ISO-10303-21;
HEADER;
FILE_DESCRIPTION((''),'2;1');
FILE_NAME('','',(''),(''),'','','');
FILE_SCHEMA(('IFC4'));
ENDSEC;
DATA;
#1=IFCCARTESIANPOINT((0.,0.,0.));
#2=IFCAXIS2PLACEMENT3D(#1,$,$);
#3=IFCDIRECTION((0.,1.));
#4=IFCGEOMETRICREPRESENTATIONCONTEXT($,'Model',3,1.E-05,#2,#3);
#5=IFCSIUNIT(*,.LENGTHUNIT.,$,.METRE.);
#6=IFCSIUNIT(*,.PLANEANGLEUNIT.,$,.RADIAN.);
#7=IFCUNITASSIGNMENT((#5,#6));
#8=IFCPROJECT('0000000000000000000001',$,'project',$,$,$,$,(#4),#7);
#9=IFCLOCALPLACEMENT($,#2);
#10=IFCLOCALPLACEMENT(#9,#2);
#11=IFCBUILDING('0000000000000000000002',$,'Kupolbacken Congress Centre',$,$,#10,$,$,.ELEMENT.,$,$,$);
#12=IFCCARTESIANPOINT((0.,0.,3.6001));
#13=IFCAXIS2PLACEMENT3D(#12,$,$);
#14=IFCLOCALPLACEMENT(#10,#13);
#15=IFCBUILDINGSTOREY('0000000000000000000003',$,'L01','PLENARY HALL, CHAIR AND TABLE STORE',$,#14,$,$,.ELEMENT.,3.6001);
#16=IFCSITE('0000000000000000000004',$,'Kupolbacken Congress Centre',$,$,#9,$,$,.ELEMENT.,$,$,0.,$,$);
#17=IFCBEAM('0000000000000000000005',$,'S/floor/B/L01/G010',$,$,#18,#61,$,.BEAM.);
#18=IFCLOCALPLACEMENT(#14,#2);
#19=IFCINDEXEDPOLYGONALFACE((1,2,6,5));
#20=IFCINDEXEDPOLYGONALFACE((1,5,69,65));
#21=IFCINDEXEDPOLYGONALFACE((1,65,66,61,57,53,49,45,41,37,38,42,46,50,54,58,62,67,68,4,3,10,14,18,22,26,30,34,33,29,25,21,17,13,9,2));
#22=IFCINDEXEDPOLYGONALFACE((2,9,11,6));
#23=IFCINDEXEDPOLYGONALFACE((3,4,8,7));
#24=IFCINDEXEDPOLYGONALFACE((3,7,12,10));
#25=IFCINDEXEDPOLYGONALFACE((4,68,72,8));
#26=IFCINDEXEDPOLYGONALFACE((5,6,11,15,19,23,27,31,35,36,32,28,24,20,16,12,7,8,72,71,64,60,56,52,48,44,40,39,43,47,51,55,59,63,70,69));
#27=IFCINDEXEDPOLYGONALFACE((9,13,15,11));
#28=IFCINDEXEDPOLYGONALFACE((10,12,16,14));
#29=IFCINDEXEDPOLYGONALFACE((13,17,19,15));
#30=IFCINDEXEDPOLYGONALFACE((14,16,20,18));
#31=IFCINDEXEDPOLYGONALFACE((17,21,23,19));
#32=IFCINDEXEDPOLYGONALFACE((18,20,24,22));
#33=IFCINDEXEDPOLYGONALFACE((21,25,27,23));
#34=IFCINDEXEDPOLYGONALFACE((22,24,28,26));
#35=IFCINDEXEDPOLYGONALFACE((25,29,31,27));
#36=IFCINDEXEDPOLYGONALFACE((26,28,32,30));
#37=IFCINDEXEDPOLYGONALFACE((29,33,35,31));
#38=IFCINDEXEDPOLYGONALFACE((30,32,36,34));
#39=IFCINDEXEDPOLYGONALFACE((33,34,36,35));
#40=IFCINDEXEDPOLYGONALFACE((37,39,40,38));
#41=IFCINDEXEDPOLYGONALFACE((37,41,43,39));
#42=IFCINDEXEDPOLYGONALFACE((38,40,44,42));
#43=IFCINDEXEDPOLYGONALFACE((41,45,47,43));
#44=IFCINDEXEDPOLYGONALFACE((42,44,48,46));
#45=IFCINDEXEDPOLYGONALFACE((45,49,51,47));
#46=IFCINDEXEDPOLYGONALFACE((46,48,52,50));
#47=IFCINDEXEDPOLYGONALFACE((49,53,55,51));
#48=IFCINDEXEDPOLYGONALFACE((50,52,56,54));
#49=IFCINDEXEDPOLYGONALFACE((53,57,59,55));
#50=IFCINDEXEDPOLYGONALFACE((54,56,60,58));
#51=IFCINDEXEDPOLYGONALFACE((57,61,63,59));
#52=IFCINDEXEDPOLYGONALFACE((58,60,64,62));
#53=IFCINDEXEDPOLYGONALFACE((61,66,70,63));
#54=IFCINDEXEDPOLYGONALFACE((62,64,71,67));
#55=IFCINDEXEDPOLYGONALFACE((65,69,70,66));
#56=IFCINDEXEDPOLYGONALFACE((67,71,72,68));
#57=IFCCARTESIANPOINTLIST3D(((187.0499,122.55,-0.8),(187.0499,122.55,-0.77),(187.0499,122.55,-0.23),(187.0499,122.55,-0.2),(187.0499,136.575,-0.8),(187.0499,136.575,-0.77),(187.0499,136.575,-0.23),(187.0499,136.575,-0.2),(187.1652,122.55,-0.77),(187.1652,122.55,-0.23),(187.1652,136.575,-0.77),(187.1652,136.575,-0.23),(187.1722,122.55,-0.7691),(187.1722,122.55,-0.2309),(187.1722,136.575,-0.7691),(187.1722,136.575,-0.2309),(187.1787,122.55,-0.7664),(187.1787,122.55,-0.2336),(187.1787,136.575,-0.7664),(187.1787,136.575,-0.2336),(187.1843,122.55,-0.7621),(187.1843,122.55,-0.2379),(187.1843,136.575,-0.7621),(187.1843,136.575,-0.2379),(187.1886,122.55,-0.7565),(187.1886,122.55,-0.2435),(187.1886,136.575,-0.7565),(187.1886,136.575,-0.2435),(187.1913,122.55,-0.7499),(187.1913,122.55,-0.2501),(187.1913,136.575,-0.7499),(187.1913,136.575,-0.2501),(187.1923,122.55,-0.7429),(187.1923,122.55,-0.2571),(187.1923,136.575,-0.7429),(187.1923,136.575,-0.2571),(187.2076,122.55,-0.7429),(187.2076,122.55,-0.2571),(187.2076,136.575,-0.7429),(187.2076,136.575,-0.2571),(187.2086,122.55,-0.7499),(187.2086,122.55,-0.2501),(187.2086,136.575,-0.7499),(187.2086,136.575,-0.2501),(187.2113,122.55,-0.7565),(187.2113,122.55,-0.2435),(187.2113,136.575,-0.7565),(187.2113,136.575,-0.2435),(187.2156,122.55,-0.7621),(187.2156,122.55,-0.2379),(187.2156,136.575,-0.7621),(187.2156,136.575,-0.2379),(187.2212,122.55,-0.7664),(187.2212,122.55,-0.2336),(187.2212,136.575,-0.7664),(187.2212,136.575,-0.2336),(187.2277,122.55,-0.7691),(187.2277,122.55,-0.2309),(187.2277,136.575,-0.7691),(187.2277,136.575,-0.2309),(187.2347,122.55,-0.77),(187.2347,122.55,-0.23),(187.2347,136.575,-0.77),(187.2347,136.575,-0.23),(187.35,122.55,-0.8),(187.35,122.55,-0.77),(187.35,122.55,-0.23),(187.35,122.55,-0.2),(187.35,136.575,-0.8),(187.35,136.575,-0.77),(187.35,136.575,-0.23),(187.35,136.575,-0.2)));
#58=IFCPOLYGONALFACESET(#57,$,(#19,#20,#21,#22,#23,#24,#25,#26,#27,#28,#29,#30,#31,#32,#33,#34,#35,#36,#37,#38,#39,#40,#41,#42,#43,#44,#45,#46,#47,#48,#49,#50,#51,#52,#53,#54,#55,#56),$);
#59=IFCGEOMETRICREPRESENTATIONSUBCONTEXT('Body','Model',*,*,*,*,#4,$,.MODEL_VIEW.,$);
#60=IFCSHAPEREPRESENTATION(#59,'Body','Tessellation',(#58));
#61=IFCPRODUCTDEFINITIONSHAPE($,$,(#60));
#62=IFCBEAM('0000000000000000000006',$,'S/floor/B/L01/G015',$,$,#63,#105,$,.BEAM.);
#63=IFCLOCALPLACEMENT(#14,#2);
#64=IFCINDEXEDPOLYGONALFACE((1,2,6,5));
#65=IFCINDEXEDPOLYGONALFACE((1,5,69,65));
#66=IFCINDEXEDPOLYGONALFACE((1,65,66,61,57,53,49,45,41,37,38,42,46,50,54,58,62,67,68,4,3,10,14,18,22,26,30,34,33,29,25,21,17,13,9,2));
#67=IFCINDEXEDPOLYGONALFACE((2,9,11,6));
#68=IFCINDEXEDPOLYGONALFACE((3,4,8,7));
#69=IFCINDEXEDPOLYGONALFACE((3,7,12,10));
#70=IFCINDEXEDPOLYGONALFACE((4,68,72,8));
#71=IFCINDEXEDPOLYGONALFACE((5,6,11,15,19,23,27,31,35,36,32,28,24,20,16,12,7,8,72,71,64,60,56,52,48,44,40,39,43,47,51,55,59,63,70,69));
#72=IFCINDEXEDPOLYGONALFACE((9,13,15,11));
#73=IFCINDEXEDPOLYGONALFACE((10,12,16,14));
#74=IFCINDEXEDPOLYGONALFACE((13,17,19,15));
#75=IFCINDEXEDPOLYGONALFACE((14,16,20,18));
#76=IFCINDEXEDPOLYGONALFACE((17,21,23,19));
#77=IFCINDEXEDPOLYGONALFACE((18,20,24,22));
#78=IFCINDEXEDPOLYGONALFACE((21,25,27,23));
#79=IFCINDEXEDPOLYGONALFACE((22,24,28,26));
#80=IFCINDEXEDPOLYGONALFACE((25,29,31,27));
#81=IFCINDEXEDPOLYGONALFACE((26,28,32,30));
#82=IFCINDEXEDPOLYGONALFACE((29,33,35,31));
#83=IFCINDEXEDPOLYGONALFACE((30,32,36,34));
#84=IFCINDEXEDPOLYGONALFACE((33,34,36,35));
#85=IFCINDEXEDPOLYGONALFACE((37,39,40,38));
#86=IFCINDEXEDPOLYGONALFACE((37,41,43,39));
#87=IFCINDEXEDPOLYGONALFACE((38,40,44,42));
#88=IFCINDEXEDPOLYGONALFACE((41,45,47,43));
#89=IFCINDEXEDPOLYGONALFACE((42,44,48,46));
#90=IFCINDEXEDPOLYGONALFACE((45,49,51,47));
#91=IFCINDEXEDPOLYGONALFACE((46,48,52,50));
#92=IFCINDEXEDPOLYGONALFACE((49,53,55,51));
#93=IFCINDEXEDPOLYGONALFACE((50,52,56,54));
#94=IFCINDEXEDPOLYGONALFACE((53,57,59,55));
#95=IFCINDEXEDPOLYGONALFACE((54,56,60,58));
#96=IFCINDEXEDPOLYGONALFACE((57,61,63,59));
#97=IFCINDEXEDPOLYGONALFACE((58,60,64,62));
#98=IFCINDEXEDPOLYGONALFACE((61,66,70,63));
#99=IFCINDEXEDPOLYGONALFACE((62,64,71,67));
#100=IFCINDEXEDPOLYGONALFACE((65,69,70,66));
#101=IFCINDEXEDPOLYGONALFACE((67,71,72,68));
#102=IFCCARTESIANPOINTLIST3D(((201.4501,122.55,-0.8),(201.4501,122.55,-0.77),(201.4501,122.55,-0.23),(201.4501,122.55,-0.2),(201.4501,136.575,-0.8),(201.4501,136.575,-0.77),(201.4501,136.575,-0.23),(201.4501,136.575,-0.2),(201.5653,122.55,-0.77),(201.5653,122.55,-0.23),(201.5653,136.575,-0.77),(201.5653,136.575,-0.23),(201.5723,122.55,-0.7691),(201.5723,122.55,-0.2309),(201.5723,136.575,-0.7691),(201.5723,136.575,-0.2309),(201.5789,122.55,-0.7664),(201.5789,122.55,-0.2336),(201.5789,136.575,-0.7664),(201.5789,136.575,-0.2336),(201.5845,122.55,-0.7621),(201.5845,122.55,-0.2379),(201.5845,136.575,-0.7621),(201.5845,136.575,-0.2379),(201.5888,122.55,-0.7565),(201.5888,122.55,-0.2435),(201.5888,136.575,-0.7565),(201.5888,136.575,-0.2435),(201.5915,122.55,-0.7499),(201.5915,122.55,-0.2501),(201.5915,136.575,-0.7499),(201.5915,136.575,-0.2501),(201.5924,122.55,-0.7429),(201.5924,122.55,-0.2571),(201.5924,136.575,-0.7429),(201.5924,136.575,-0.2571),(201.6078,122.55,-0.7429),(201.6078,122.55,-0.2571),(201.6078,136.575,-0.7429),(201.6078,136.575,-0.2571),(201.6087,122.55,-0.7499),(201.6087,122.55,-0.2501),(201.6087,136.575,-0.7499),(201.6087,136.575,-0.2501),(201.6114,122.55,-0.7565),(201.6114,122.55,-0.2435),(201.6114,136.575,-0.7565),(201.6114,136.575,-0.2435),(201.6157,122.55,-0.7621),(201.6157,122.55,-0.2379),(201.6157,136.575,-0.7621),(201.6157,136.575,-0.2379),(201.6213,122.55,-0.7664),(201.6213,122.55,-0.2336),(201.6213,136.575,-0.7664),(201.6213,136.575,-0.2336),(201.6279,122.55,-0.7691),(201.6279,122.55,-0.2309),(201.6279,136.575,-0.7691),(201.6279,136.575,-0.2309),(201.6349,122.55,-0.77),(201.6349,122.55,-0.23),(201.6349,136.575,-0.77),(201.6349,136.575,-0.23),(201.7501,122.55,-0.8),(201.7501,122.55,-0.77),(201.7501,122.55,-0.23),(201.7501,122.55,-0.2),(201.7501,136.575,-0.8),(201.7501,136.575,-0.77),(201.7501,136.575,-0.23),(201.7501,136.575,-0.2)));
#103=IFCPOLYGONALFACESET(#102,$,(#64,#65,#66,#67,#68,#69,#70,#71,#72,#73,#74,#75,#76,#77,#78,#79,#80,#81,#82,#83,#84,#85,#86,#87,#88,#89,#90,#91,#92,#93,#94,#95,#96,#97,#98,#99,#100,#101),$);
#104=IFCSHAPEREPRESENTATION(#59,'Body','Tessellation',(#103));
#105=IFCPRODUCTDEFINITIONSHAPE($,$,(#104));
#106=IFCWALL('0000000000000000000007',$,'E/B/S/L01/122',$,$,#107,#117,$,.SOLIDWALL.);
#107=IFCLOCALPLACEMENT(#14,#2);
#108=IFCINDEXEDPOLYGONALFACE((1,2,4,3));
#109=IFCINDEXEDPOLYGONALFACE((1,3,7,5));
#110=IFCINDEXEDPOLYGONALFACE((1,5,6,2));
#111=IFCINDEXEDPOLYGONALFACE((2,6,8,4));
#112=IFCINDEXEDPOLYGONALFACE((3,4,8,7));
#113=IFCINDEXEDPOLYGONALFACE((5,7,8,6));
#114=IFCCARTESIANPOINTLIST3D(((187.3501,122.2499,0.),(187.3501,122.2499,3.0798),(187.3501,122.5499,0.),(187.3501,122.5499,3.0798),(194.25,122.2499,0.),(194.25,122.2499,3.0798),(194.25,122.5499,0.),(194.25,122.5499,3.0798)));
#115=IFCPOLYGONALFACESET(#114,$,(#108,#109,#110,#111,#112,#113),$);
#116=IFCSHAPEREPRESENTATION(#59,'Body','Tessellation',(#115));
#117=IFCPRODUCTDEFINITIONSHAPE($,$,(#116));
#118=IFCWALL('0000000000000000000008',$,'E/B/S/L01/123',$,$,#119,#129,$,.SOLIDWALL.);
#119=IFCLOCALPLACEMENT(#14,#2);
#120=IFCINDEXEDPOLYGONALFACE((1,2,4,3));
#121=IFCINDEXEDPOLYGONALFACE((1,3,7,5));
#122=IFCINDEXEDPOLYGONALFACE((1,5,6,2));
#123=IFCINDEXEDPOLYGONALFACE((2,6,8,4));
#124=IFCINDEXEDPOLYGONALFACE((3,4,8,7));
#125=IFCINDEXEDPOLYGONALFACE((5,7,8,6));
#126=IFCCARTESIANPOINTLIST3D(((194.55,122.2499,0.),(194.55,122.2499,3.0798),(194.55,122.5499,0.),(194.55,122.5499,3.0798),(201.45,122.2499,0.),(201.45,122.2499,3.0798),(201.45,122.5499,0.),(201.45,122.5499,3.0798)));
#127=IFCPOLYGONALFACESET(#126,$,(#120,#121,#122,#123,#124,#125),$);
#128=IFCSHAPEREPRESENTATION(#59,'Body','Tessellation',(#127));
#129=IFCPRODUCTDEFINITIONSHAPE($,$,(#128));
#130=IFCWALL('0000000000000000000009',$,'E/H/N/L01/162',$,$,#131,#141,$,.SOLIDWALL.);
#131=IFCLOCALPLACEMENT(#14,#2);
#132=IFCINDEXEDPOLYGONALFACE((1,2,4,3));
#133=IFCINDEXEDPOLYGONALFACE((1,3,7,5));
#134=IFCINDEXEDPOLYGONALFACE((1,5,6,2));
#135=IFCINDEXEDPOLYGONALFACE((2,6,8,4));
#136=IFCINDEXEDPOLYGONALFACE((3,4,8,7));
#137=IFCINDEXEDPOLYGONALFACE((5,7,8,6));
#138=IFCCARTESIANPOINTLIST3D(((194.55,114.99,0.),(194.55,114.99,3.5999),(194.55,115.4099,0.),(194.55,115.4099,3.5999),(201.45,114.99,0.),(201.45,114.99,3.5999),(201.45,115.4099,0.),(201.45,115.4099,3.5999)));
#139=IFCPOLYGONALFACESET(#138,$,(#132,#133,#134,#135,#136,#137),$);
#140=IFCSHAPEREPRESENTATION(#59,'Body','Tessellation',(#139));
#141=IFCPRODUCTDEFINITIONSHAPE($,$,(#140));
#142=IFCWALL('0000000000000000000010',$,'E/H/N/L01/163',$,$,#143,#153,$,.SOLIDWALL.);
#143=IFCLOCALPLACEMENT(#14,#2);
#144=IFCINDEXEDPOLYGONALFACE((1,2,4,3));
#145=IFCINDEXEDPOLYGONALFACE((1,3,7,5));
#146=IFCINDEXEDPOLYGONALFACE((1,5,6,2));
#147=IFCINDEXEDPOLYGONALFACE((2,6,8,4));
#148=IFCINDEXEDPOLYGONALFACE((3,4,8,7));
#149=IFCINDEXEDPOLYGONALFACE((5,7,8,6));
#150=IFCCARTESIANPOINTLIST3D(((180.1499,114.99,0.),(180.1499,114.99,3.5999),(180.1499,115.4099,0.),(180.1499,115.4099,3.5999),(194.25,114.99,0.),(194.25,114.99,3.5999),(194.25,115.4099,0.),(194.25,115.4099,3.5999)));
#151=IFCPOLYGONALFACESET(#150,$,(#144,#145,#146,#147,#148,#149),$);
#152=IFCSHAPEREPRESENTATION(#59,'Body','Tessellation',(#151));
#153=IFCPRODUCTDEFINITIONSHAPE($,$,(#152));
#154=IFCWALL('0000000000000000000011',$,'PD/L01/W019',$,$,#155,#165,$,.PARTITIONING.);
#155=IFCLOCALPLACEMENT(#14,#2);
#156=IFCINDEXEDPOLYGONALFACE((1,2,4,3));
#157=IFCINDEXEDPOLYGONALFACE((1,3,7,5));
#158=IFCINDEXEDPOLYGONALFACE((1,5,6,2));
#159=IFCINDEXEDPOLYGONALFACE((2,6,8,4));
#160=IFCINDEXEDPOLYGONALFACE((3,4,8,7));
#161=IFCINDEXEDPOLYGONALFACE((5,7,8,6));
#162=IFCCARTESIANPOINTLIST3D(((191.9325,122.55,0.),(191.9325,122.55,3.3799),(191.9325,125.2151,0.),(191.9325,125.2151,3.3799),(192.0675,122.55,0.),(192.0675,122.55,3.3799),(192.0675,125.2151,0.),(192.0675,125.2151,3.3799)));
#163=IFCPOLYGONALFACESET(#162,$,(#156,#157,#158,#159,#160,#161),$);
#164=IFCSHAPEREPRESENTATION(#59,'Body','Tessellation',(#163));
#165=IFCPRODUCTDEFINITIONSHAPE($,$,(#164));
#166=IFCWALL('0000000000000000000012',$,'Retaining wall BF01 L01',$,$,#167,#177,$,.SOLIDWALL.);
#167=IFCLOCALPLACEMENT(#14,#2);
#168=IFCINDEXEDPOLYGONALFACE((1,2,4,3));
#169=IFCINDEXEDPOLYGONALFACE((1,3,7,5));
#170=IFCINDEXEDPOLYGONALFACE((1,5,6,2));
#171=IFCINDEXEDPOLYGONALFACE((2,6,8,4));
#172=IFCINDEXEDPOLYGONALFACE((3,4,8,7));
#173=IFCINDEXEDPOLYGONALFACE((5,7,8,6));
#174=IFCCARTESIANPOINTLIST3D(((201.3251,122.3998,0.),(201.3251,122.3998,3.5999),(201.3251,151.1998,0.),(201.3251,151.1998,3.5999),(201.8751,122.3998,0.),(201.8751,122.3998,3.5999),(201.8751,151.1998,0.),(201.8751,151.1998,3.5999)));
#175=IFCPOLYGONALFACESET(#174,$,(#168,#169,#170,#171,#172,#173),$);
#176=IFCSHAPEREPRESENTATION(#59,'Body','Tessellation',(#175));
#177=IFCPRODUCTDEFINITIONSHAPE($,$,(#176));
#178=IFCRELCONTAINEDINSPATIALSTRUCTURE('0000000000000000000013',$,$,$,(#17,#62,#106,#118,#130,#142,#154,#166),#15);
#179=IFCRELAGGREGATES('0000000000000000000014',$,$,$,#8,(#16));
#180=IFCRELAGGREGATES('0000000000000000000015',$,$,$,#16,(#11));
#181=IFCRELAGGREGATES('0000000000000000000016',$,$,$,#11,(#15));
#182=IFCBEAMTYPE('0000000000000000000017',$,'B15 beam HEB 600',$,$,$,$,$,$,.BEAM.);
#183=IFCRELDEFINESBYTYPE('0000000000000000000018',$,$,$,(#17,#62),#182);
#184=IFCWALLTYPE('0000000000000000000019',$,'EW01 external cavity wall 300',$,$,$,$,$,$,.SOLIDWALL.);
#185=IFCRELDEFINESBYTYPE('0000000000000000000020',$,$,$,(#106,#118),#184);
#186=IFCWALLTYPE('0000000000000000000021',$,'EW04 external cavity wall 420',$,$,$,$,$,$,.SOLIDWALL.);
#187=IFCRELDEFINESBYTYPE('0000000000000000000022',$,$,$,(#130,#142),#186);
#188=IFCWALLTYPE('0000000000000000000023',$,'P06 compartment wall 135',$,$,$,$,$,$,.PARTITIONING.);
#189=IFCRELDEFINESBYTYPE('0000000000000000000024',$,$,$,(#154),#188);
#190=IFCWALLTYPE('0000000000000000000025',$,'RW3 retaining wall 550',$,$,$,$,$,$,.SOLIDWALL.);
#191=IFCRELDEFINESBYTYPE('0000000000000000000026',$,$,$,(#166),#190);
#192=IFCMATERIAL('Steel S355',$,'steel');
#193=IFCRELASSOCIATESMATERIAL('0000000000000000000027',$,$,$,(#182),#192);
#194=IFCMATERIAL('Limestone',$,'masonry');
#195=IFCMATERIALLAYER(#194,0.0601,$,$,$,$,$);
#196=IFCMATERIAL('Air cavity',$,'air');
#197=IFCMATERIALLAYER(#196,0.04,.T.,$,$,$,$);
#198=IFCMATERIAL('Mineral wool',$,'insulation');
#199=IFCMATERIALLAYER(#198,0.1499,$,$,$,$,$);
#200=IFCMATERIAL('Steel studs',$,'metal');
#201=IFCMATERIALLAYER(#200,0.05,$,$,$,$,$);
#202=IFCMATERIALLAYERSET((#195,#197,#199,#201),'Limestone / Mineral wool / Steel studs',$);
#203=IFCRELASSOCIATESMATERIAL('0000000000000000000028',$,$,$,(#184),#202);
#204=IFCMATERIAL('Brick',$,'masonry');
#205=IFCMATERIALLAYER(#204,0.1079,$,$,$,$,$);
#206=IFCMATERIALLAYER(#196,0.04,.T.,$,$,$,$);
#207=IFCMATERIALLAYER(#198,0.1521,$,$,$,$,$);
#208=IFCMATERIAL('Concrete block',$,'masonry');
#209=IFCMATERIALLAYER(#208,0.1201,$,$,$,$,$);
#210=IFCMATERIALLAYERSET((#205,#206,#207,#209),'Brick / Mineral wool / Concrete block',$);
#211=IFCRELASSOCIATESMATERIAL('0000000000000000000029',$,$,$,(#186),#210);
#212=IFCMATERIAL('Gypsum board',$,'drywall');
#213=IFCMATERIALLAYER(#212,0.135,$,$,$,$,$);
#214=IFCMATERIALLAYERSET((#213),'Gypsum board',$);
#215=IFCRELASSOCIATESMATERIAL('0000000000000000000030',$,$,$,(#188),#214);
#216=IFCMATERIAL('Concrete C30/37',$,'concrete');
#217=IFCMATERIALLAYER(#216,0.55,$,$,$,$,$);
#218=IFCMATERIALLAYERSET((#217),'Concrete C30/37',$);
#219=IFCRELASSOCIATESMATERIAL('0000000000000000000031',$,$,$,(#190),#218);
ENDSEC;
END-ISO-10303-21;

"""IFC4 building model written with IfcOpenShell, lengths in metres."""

from ifc_helpers import new_model, si_unit, direction, frame, frame_2d, origin, origin_2d, place, context, subcontext, project, spatial, rectangle, i_section, extrude, material, layer, layer_set, material_profile, profile_set, type_object, element, save


model = new_model("IFC4")

# Units and contexts
model_context = context("Model", 3, precision=1e-05, world=origin(), true_north=direction((0.0, 1.0)))
body_context = subcontext(model_context, "Body", "Model", "MODEL_VIEW")
ifc_project = project(units=[si_unit("LENGTHUNIT", "METRE"), si_unit("PLANEANGLEUNIT", "RADIAN")], contexts=[model_context])

# Site, building, storey
site_placement = place(None, origin())
site = spatial("IfcSite", under=ifc_project, at=site_placement, Name="Kupolbacken Congress Centre", CompositionType="ELEMENT", RefElevation=0.0)
building_placement = place(site_placement, origin())
building = spatial("IfcBuilding", under=site, at=building_placement, Name="Kupolbacken Congress Centre", CompositionType="ELEMENT")
storey_placement = place(building_placement, frame((0.0, 0.0, 3.6001)))
storey = spatial("IfcBuildingStorey", under=building, at=storey_placement, Name="L01", Description="PLENARY HALL, CHAIR AND TABLE STORE", CompositionType="ELEMENT", Elevation=3.6001)

# Beams
ifc_material_1 = material(Name="Steel S355", Category="steel")
ifc_material_profile_1 = material_profile(ifc_material_1, i_section(OverallWidth=0.3, OverallDepth=0.6001, WebThickness=0.0154, FlangeThickness=0.03, FilletRadius=0.0271, at=origin_2d()), Name="HEB 600")
ifc_profile_set_1 = profile_set([ifc_material_profile_1], Name="Steel S355")
beam_type_1 = type_object("IfcBeamType", Name="B15 beam HEB 600", PredefinedType="BEAM", material=ifc_profile_set_1)
for number, where, z_axis, x_axis, name in (
    (1, (187.2, 122.55, -0.5), (0.0, 1.0, 0.0), (-1.0, 0.0, 0.0), "S/floor/B/L01/G010"),
    (2, (201.6001, 122.55, -0.5), (0.0, 1.0, 0.0), (-1.0, 0.0, 0.0), "S/floor/B/L01/G015"),
):
    element("IfcBeam", number, at=place(storey_placement, frame(where, z_axis=z_axis, x_axis=x_axis)), inside=storey, type_object=beam_type_1, Name=name, PredefinedType="BEAM", context=body_context, shape_type="SweptSolid", body=[
        extrude(i_section(OverallWidth=0.3, OverallDepth=0.6001, WebThickness=0.0154, FlangeThickness=0.03, FilletRadius=0.0271, at=origin_2d()), origin(), (0.0, 0.0, 1.0), 14.0249),
    ])

# Walls
ifc_material_2 = material(Name="Limestone", Category="masonry")
ifc_layer_1 = layer(ifc_material_2, 0.0601)
ifc_material_3 = material(Name="Air cavity", Category="air")
ifc_layer_2 = layer(ifc_material_3, 0.04, ventilated=True)
ifc_material_4 = material(Name="Mineral wool", Category="insulation")
ifc_layer_3 = layer(ifc_material_4, 0.1499)
ifc_material_5 = material(Name="Steel studs", Category="metal")
ifc_layer_4 = layer(ifc_material_5, 0.05)
ifc_layer_set_1 = layer_set([ifc_layer_1, ifc_layer_2, ifc_layer_3, ifc_layer_4], Name="Limestone / Mineral wool / Steel studs")
wall_type_1 = type_object("IfcWallType", Name="EW01 external cavity wall 300", PredefinedType="SOLIDWALL", material=ifc_layer_set_1)
for number, where, z_axis, x_axis, name in (
    (3, (187.3501, 122.3999, 0.0), (0.0, 0.0, 1.0), (1.0, 0.0, 0.0), "E/B/S/L01/122"),
    (4, (194.55, 122.3999, 0.0), (0.0, 0.0, 1.0), (1.0, 0.0, 0.0), "E/B/S/L01/123"),
):
    element("IfcWall", number, at=place(storey_placement, frame(where, z_axis=z_axis, x_axis=x_axis)), inside=storey, type_object=wall_type_1, Name=name, PredefinedType="SOLIDWALL", context=body_context, shape_type="SweptSolid", body=[
        extrude(rectangle(XDim=6.8999, YDim=0.3, at=frame_2d((3.45, 0.0))), origin(), (0.0, 0.0, 1.0), 3.0798),
    ])
ifc_material_6 = material(Name="Brick", Category="masonry")
ifc_layer_5 = layer(ifc_material_6, 0.1079)
ifc_layer_6 = layer(ifc_material_3, 0.04, ventilated=True)
ifc_layer_7 = layer(ifc_material_4, 0.1521)
ifc_material_7 = material(Name="Concrete block", Category="masonry")
ifc_layer_8 = layer(ifc_material_7, 0.1201)
ifc_layer_set_2 = layer_set([ifc_layer_5, ifc_layer_6, ifc_layer_7, ifc_layer_8], Name="Brick / Mineral wool / Concrete block")
wall_type_2 = type_object("IfcWallType", Name="EW04 external cavity wall 420", PredefinedType="SOLIDWALL", material=ifc_layer_set_2)
wall_1_placement = place(storey_placement, frame((201.45, 115.2, 0.0), z_axis=(0.0, 0.0, 1.0), x_axis=(-1.0, 0.0, 0.0)))
element("IfcWall", 5, at=wall_1_placement, inside=storey, type_object=wall_type_2, Name="E/H/N/L01/162", PredefinedType="SOLIDWALL", context=body_context, shape_type="SweptSolid", body=[
    extrude(rectangle(XDim=6.8999, YDim=0.4199, at=frame_2d((3.45, 0.0))), origin(), (0.0, 0.0, 1.0), 3.5999),
])
wall_2_placement = place(storey_placement, frame((194.25, 115.2, 0.0), z_axis=(0.0, 0.0, 1.0), x_axis=(-1.0, 0.0, 0.0)))
element("IfcWall", 6, at=wall_2_placement, inside=storey, type_object=wall_type_2, Name="E/H/N/L01/163", PredefinedType="SOLIDWALL", context=body_context, shape_type="SweptSolid", body=[
    extrude(rectangle(XDim=14.1001, YDim=0.4199, at=frame_2d((7.05, 0.0))), origin(), (0.0, 0.0, 1.0), 3.5999),
])
ifc_material_8 = material(Name="Gypsum board", Category="drywall")
ifc_layer_9 = layer(ifc_material_8, 0.135)
ifc_layer_set_3 = layer_set([ifc_layer_9], Name="Gypsum board")
wall_type_3 = type_object("IfcWallType", Name="P06 compartment wall 135", PredefinedType="PARTITIONING", material=ifc_layer_set_3)
wall_3_placement = place(storey_placement, frame((192.0, 122.55, 0.0), z_axis=(0.0, 0.0, 1.0), x_axis=(0.0, 1.0, 0.0)))
element("IfcWall", 7, at=wall_3_placement, inside=storey, type_object=wall_type_3, Name="PD/L01/W019", PredefinedType="PARTITIONING", context=body_context, shape_type="SweptSolid", body=[
    extrude(rectangle(XDim=2.665, YDim=0.135, at=frame_2d((1.3325, 0.0))), origin(), (0.0, 0.0, 1.0), 3.3799),
])
ifc_material_9 = material(Name="Concrete C30/37", Category="concrete")
ifc_layer_10 = layer(ifc_material_9, 0.55)
ifc_layer_set_4 = layer_set([ifc_layer_10], Name="Concrete C30/37")
wall_type_4 = type_object("IfcWallType", Name="RW3 retaining wall 550", PredefinedType="SOLIDWALL", material=ifc_layer_set_4)
wall_4_placement = place(storey_placement, frame((201.6001, 122.3999, 0.0), z_axis=(0.0, 0.0, 1.0), x_axis=(0.0, 1.0, 0.0)))
element("IfcWall", 8, at=wall_4_placement, inside=storey, type_object=wall_type_4, Name="Retaining wall BF01 L01", PredefinedType="SOLIDWALL", context=body_context, shape_type="SweptSolid", body=[
    extrude(rectangle(XDim=28.8, YDim=0.55, at=frame_2d((14.3999, 0.0))), origin(), (0.0, 0.0, 1.0), 3.5999),
])

save(model, "model.ifc")
